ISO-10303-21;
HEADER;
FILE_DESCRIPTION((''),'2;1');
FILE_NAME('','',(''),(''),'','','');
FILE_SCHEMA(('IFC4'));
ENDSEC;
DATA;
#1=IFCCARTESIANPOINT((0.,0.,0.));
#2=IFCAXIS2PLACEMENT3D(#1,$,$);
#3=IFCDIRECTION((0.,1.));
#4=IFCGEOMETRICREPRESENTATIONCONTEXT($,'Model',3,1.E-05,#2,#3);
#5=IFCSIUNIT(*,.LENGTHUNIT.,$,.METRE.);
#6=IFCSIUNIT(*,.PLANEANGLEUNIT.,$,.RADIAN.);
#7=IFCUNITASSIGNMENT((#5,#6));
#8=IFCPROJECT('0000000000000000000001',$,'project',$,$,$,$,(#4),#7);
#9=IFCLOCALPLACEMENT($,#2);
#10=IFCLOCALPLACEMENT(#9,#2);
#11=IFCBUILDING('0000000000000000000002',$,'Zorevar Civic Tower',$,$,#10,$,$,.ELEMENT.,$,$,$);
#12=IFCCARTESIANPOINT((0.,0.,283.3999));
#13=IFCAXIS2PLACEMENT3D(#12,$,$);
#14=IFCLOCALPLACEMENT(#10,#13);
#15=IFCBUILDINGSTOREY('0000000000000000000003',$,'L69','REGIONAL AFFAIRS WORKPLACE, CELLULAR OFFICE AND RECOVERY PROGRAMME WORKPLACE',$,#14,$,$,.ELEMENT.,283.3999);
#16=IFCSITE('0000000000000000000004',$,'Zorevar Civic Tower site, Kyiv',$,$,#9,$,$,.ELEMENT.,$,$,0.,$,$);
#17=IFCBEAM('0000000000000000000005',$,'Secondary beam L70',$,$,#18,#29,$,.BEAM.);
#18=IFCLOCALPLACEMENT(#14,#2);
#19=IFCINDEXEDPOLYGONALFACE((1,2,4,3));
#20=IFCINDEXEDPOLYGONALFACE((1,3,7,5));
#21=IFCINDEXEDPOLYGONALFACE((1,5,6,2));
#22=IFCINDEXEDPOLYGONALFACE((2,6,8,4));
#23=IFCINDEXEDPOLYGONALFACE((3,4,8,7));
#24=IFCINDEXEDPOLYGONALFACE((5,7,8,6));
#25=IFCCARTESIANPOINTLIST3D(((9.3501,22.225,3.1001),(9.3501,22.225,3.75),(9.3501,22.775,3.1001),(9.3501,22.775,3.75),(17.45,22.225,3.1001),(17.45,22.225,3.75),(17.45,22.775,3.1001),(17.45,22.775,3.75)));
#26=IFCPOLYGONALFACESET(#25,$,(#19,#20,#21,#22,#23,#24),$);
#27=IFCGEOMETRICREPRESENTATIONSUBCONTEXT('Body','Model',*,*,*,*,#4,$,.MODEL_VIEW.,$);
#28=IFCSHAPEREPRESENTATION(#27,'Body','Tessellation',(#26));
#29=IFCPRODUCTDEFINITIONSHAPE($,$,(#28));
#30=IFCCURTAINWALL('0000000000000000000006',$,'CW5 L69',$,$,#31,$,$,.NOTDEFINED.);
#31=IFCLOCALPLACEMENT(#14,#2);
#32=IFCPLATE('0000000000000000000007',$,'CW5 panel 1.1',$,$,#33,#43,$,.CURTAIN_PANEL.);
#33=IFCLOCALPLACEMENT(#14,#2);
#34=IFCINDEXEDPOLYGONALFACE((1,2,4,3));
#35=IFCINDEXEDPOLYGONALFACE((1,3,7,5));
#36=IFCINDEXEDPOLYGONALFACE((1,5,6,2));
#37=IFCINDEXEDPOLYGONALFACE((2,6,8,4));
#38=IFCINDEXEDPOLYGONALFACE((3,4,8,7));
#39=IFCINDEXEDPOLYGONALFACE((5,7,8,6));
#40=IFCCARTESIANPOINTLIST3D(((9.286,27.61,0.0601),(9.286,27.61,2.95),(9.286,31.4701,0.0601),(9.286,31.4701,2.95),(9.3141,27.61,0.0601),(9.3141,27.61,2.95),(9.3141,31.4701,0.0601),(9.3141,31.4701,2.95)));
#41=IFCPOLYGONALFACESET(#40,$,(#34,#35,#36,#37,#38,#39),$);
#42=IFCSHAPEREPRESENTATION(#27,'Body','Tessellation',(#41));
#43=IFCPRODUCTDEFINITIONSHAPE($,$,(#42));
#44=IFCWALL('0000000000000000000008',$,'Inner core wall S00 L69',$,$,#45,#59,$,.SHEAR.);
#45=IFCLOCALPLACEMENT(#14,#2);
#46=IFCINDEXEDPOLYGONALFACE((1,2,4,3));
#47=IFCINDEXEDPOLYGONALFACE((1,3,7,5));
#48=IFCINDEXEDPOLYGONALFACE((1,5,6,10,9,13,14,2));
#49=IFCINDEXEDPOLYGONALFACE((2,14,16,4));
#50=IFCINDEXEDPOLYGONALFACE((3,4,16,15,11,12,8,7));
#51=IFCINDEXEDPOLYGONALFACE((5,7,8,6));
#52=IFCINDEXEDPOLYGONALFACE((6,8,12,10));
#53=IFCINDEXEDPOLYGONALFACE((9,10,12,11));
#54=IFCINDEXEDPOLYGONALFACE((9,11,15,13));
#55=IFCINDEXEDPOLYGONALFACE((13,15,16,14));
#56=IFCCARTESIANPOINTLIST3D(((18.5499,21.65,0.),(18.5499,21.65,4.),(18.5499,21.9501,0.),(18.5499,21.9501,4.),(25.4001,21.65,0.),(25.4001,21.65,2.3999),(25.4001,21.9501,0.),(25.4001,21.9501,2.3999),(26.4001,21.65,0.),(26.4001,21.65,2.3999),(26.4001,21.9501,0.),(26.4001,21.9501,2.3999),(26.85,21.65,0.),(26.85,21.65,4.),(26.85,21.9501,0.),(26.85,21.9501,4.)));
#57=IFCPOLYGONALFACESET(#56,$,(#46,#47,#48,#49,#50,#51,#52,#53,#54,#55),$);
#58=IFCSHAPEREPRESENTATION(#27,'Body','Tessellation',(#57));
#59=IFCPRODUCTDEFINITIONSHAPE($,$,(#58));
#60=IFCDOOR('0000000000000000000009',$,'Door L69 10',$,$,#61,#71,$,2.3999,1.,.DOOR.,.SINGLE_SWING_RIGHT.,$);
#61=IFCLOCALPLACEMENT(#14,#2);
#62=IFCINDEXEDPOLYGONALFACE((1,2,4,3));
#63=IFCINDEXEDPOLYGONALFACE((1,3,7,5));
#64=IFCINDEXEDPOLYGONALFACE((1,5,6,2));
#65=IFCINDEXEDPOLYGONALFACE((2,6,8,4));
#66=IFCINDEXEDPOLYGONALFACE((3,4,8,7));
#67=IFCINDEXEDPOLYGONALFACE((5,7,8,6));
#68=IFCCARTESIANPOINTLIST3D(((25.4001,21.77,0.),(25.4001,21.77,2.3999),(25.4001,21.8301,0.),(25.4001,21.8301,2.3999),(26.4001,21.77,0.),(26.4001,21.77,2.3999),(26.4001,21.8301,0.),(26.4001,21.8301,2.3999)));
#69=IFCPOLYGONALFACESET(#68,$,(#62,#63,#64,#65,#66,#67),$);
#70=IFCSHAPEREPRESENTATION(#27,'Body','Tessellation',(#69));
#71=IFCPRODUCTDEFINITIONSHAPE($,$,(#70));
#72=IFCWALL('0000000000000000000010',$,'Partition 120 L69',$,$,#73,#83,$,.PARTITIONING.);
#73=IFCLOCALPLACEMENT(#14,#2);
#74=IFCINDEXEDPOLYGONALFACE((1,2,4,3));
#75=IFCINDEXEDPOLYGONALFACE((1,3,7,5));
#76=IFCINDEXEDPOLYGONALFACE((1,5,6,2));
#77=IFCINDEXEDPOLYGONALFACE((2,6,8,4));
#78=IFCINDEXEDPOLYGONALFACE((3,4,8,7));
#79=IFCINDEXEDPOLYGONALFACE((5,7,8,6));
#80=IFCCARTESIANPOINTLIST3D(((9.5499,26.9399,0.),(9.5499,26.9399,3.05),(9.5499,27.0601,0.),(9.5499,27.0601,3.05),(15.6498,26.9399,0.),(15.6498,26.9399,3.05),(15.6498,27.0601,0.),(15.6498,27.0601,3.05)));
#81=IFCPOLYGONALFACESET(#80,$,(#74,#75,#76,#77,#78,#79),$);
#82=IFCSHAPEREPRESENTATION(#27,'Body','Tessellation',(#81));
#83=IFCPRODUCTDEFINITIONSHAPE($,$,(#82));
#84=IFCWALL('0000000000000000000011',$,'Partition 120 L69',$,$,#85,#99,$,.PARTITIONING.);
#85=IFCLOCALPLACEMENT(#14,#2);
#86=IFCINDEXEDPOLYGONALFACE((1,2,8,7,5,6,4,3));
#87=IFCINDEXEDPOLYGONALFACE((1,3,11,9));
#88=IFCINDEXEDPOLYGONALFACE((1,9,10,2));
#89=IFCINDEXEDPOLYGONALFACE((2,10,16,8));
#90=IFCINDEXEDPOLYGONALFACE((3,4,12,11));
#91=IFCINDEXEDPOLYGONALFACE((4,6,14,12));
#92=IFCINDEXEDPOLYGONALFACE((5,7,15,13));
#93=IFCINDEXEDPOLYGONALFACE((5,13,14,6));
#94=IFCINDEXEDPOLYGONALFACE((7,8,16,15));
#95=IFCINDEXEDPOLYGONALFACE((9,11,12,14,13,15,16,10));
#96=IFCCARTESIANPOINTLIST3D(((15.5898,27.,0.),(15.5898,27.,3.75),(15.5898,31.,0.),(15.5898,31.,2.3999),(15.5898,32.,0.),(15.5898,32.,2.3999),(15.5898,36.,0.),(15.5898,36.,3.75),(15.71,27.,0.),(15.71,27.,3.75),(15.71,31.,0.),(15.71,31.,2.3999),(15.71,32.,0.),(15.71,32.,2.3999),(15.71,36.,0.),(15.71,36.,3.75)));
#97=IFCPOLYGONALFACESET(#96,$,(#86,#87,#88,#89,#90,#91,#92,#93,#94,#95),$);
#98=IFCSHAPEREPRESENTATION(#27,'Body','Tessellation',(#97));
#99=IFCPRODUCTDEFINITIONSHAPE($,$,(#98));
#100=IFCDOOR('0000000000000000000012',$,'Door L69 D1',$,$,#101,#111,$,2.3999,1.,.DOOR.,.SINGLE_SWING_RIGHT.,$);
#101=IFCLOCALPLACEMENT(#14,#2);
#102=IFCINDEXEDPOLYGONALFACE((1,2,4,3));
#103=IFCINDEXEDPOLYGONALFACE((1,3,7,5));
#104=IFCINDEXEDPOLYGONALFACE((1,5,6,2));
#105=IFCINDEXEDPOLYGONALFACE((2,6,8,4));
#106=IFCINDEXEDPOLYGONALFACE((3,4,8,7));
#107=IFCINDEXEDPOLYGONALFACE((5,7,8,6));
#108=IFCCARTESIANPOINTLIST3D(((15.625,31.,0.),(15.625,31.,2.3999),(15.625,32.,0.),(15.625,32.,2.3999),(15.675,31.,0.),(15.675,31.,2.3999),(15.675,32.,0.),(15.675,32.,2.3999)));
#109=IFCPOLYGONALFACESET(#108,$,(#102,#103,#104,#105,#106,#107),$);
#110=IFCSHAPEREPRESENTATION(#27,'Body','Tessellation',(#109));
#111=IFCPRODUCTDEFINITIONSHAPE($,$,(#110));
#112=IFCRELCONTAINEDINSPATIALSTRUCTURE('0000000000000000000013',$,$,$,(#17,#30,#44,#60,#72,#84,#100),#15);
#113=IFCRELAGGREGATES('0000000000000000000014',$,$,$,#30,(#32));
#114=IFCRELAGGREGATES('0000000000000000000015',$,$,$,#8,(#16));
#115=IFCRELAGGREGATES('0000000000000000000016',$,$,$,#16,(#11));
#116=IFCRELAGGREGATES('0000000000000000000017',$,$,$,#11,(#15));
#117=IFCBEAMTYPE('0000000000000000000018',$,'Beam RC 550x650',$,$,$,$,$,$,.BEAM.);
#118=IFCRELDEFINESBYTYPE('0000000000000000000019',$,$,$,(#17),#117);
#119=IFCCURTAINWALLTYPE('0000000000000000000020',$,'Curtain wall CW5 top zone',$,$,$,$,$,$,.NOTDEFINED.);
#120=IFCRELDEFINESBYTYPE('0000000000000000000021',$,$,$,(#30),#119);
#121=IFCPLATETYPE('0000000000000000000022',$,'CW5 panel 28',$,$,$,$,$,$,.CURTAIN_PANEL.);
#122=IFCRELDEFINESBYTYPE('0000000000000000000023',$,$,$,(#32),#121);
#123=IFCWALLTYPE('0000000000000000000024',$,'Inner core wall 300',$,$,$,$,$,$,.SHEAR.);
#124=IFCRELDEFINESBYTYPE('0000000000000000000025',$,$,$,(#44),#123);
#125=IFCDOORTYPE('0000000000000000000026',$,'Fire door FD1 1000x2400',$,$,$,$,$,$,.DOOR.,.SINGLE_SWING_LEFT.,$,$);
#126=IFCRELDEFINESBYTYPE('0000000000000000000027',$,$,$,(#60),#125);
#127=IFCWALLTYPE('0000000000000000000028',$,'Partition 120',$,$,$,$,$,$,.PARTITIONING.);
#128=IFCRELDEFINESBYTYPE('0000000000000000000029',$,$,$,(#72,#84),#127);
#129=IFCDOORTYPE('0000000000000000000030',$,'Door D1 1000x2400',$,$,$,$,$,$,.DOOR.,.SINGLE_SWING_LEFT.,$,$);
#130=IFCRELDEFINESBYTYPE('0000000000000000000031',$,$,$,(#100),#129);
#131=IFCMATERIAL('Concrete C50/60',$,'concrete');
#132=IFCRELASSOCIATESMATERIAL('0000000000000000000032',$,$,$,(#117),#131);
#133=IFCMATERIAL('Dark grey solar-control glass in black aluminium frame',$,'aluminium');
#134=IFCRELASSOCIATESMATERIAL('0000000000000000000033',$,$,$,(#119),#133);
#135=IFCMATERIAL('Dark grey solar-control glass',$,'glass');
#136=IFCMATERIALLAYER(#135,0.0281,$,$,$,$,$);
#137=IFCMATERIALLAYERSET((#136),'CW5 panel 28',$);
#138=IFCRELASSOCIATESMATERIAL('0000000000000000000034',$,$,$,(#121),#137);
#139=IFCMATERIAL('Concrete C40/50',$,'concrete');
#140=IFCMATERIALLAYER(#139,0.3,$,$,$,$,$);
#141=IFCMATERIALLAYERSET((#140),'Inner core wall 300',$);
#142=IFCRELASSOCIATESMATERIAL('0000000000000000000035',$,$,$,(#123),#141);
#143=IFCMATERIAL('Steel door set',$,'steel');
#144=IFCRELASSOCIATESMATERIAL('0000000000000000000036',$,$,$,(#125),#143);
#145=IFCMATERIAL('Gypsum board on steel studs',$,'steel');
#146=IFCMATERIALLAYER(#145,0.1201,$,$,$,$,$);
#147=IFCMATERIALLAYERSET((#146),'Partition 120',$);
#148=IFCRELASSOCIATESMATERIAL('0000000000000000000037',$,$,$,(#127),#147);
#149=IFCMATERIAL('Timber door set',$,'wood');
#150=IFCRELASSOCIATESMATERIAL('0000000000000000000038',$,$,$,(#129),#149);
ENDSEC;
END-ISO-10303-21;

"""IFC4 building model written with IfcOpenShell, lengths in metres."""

from ifc_helpers import new_model, si_unit, direction, frame, frame_2d, origin, origin_2d, place, context, subcontext, project, spatial, rectangle, extrude, material, layer, layer_set, material_profile, profile_set, type_object, element, fill, aggregate, save


model = new_model("IFC4")

# Units and contexts
model_context = context("Model", 3, precision=1e-05, world=origin(), true_north=direction((0.0, 1.0)))
body_context = subcontext(model_context, "Body", "Model", "MODEL_VIEW")
ifc_project = project(units=[si_unit("LENGTHUNIT", "METRE"), si_unit("PLANEANGLEUNIT", "RADIAN")], contexts=[model_context])

# Site, building, storey
site_placement = place(None, origin())
site = spatial("IfcSite", under=ifc_project, at=site_placement, Name="Zorevar Civic Tower site, Kyiv", CompositionType="ELEMENT", RefElevation=0.0)
building_placement = place(site_placement, origin())
building = spatial("IfcBuilding", under=site, at=building_placement, Name="Zorevar Civic Tower", CompositionType="ELEMENT")
storey_placement = place(building_placement, frame((0.0, 0.0, 283.3999)))
storey = spatial("IfcBuildingStorey", under=building, at=storey_placement, Name="L69", Description="REGIONAL AFFAIRS WORKPLACE, CELLULAR OFFICE AND RECOVERY PROGRAMME WORKPLACE", CompositionType="ELEMENT", Elevation=283.3999)

# Beam
ifc_material_1 = material(Name="Concrete C50/60", Category="concrete")
ifc_material_profile = material_profile(ifc_material_1, rectangle(XDim=0.55, YDim=0.6499, at=origin_2d()), Name="RC 550x650")
ifc_profile_set = profile_set([ifc_material_profile], Name="Concrete C50/60")
beam_type = type_object("IfcBeamType", Name="Beam RC 550x650", PredefinedType="BEAM", material=ifc_profile_set)
beam_placement = place(storey_placement, frame((9.3501, 22.5, 3.425), z_axis=(1.0, 0.0, 0.0), x_axis=(0.0, 1.0, 0.0)))
element("IfcBeam", 1, at=beam_placement, inside=storey, type_object=beam_type, Name="Secondary beam L70", PredefinedType="BEAM", context=body_context, shape_type="SweptSolid", body=[
    extrude(rectangle(XDim=0.55, YDim=0.6499, at=origin_2d()), origin(), (0.0, 0.0, 1.0), 8.0999),
])

# Curtain wall, plate
ifc_material_2 = material(Name="Dark grey solar-control glass in black aluminium frame", Category="aluminium")
curtain_wall_type = type_object("IfcCurtainWallType", Name="Curtain wall CW5 top zone", PredefinedType="NOTDEFINED", material=ifc_material_2)
curtain_wall_placement = place(storey_placement, origin())
curtain_wall = element("IfcCurtainWall", 2, at=curtain_wall_placement, inside=storey, type_object=curtain_wall_type, Name="CW5 L69", PredefinedType="NOTDEFINED")
ifc_material_3 = material(Name="Dark grey solar-control glass", Category="glass")
ifc_layer_1 = layer(ifc_material_3, 0.0281)
ifc_layer_set_1 = layer_set([ifc_layer_1], Name="CW5 panel 28")
plate_type = type_object("IfcPlateType", Name="CW5 panel 28", PredefinedType="CURTAIN_PANEL", material=ifc_layer_set_1)
plate_placement = place(storey_placement, frame((9.3, 29.54, 0.0601), z_axis=(0.0, 0.0, 1.0), x_axis=(0.0, 1.0, 0.0)))
plate = element("IfcPlate", 3, at=plate_placement, type_object=plate_type, Name="CW5 panel 1.1", PredefinedType="CURTAIN_PANEL", context=body_context, shape_type="SweptSolid", body=[
    extrude(rectangle(XDim=3.8601, YDim=0.0281, at=origin_2d()), origin(), (0.0, 0.0, 1.0), 2.8899),
])
aggregate(curtain_wall, [plate])

# Wall, opening, door
ifc_material_4 = material(Name="Concrete C40/50", Category="concrete")
ifc_layer_2 = layer(ifc_material_4, 0.3)
ifc_layer_set_2 = layer_set([ifc_layer_2], Name="Inner core wall 300")
wall_type_1 = type_object("IfcWallType", Name="Inner core wall 300", PredefinedType="SHEAR", material=ifc_layer_set_2)
wall_1_placement = place(storey_placement, frame((18.55, 21.8, 0.0), z_axis=(0.0, 0.0, 1.0), x_axis=(1.0, 0.0, 0.0)))
wall_1 = element("IfcWall", 4, at=wall_1_placement, inside=storey, type_object=wall_type_1, Name="Inner core wall S00 L69", PredefinedType="SHEAR", context=body_context, shape_type="SweptSolid", body=[
    extrude(rectangle(XDim=8.3, YDim=0.3, at=frame_2d((4.1499, 0.0))), origin(), (0.0, 0.0, 1.0), 4.0),
])
opening_1_placement = place(wall_1_placement, frame((6.8501, 0.0, 0.0)))
opening_1 = element("IfcOpeningElement", 5, at=opening_1_placement, cuts=wall_1, PredefinedType="OPENING", context=body_context, shape_type="SweptSolid", body=[
    extrude(rectangle(XDim=1.0, YDim=2.3999, at=frame_2d((0.5, 1.2))), frame((0.0, 0.1599, 0.0), z_axis=(0.0, -1.0, 0.0), x_axis=(1.0, 0.0, 0.0)), (0.0, 0.0, 1.0), 0.3201),
])
ifc_material_5 = material(Name="Steel door set", Category="steel")
door_type_1 = type_object("IfcDoorType", Name="Fire door FD1 1000x2400", OperationType="SINGLE_SWING_LEFT", PredefinedType="DOOR", material=ifc_material_5)
door_1_placement = place(opening_1_placement, origin())
door_1 = element("IfcDoor", 6, at=door_1_placement, inside=storey, type_object=door_type_1, Name="Door L69 10", OperationType="SINGLE_SWING_RIGHT", OverallHeight=2.3999, OverallWidth=1.0, PredefinedType="DOOR", context=body_context, shape_type="SweptSolid", body=[
    extrude(rectangle(XDim=1.0, YDim=2.3999, at=frame_2d((0.5, 1.2))), frame((0.0, 0.03, 0.0), z_axis=(0.0, -1.0, 0.0), x_axis=(1.0, 0.0, 0.0)), (0.0, 0.0, 1.0), 0.0601),
])
fill(opening_1, door_1)

# Wall
ifc_material_6 = material(Name="Gypsum board on steel studs", Category="steel")
ifc_layer_3 = layer(ifc_material_6, 0.1201)
ifc_layer_set_3 = layer_set([ifc_layer_3], Name="Partition 120")
wall_type_2 = type_object("IfcWallType", Name="Partition 120", PredefinedType="PARTITIONING", material=ifc_layer_set_3)
wall_2_placement = place(storey_placement, frame((9.55, 27.0, 0.0), z_axis=(0.0, 0.0, 1.0), x_axis=(1.0, 0.0, 0.0)))
element("IfcWall", 7, at=wall_2_placement, inside=storey, type_object=wall_type_2, Name="Partition 120 L69", PredefinedType="PARTITIONING", context=body_context, shape_type="SweptSolid", body=[
    extrude(rectangle(XDim=6.0999, YDim=0.1201, at=frame_2d((3.0498, 0.0))), origin(), (0.0, 0.0, 1.0), 3.05),
])

# Wall, opening, door
wall_3_placement = place(storey_placement, frame((15.6499, 27.0, 0.0), z_axis=(0.0, 0.0, 1.0), x_axis=(0.0, 1.0, 0.0)))
wall_3 = element("IfcWall", 8, at=wall_3_placement, inside=storey, type_object=wall_type_2, Name="Partition 120 L69", PredefinedType="PARTITIONING", context=body_context, shape_type="SweptSolid", body=[
    extrude(rectangle(XDim=9.0, YDim=0.1201, at=frame_2d((4.5, 0.0))), origin(), (0.0, 0.0, 1.0), 3.75),
])
opening_2_placement = place(wall_3_placement, frame((4.0, 0.0, 0.0)))
opening_2 = element("IfcOpeningElement", 9, at=opening_2_placement, cuts=wall_3, PredefinedType="OPENING", context=body_context, shape_type="SweptSolid", body=[
    extrude(rectangle(XDim=1.0, YDim=2.3999, at=frame_2d((0.5, 1.2))), frame((0.0, 0.0701, 0.0), z_axis=(0.0, -1.0, 0.0), x_axis=(1.0, 0.0, 0.0)), (0.0, 0.0, 1.0), 0.1401),
])
ifc_material_7 = material(Name="Timber door set", Category="wood")
door_type_2 = type_object("IfcDoorType", Name="Door D1 1000x2400", OperationType="SINGLE_SWING_LEFT", PredefinedType="DOOR", material=ifc_material_7)
door_2_placement = place(opening_2_placement, origin())
door_2 = element("IfcDoor", 10, at=door_2_placement, inside=storey, type_object=door_type_2, Name="Door L69 D1", OperationType="SINGLE_SWING_RIGHT", OverallHeight=2.3999, OverallWidth=1.0, PredefinedType="DOOR", context=body_context, shape_type="SweptSolid", body=[
    extrude(rectangle(XDim=1.0, YDim=2.3999, at=frame_2d((0.5, 1.2))), frame((0.0, 0.0249, 0.0), z_axis=(0.0, -1.0, 0.0), x_axis=(1.0, 0.0, 0.0)), (0.0, 0.0, 1.0), 0.05),
])
fill(opening_2, door_2)

save(model, "model.ifc")
